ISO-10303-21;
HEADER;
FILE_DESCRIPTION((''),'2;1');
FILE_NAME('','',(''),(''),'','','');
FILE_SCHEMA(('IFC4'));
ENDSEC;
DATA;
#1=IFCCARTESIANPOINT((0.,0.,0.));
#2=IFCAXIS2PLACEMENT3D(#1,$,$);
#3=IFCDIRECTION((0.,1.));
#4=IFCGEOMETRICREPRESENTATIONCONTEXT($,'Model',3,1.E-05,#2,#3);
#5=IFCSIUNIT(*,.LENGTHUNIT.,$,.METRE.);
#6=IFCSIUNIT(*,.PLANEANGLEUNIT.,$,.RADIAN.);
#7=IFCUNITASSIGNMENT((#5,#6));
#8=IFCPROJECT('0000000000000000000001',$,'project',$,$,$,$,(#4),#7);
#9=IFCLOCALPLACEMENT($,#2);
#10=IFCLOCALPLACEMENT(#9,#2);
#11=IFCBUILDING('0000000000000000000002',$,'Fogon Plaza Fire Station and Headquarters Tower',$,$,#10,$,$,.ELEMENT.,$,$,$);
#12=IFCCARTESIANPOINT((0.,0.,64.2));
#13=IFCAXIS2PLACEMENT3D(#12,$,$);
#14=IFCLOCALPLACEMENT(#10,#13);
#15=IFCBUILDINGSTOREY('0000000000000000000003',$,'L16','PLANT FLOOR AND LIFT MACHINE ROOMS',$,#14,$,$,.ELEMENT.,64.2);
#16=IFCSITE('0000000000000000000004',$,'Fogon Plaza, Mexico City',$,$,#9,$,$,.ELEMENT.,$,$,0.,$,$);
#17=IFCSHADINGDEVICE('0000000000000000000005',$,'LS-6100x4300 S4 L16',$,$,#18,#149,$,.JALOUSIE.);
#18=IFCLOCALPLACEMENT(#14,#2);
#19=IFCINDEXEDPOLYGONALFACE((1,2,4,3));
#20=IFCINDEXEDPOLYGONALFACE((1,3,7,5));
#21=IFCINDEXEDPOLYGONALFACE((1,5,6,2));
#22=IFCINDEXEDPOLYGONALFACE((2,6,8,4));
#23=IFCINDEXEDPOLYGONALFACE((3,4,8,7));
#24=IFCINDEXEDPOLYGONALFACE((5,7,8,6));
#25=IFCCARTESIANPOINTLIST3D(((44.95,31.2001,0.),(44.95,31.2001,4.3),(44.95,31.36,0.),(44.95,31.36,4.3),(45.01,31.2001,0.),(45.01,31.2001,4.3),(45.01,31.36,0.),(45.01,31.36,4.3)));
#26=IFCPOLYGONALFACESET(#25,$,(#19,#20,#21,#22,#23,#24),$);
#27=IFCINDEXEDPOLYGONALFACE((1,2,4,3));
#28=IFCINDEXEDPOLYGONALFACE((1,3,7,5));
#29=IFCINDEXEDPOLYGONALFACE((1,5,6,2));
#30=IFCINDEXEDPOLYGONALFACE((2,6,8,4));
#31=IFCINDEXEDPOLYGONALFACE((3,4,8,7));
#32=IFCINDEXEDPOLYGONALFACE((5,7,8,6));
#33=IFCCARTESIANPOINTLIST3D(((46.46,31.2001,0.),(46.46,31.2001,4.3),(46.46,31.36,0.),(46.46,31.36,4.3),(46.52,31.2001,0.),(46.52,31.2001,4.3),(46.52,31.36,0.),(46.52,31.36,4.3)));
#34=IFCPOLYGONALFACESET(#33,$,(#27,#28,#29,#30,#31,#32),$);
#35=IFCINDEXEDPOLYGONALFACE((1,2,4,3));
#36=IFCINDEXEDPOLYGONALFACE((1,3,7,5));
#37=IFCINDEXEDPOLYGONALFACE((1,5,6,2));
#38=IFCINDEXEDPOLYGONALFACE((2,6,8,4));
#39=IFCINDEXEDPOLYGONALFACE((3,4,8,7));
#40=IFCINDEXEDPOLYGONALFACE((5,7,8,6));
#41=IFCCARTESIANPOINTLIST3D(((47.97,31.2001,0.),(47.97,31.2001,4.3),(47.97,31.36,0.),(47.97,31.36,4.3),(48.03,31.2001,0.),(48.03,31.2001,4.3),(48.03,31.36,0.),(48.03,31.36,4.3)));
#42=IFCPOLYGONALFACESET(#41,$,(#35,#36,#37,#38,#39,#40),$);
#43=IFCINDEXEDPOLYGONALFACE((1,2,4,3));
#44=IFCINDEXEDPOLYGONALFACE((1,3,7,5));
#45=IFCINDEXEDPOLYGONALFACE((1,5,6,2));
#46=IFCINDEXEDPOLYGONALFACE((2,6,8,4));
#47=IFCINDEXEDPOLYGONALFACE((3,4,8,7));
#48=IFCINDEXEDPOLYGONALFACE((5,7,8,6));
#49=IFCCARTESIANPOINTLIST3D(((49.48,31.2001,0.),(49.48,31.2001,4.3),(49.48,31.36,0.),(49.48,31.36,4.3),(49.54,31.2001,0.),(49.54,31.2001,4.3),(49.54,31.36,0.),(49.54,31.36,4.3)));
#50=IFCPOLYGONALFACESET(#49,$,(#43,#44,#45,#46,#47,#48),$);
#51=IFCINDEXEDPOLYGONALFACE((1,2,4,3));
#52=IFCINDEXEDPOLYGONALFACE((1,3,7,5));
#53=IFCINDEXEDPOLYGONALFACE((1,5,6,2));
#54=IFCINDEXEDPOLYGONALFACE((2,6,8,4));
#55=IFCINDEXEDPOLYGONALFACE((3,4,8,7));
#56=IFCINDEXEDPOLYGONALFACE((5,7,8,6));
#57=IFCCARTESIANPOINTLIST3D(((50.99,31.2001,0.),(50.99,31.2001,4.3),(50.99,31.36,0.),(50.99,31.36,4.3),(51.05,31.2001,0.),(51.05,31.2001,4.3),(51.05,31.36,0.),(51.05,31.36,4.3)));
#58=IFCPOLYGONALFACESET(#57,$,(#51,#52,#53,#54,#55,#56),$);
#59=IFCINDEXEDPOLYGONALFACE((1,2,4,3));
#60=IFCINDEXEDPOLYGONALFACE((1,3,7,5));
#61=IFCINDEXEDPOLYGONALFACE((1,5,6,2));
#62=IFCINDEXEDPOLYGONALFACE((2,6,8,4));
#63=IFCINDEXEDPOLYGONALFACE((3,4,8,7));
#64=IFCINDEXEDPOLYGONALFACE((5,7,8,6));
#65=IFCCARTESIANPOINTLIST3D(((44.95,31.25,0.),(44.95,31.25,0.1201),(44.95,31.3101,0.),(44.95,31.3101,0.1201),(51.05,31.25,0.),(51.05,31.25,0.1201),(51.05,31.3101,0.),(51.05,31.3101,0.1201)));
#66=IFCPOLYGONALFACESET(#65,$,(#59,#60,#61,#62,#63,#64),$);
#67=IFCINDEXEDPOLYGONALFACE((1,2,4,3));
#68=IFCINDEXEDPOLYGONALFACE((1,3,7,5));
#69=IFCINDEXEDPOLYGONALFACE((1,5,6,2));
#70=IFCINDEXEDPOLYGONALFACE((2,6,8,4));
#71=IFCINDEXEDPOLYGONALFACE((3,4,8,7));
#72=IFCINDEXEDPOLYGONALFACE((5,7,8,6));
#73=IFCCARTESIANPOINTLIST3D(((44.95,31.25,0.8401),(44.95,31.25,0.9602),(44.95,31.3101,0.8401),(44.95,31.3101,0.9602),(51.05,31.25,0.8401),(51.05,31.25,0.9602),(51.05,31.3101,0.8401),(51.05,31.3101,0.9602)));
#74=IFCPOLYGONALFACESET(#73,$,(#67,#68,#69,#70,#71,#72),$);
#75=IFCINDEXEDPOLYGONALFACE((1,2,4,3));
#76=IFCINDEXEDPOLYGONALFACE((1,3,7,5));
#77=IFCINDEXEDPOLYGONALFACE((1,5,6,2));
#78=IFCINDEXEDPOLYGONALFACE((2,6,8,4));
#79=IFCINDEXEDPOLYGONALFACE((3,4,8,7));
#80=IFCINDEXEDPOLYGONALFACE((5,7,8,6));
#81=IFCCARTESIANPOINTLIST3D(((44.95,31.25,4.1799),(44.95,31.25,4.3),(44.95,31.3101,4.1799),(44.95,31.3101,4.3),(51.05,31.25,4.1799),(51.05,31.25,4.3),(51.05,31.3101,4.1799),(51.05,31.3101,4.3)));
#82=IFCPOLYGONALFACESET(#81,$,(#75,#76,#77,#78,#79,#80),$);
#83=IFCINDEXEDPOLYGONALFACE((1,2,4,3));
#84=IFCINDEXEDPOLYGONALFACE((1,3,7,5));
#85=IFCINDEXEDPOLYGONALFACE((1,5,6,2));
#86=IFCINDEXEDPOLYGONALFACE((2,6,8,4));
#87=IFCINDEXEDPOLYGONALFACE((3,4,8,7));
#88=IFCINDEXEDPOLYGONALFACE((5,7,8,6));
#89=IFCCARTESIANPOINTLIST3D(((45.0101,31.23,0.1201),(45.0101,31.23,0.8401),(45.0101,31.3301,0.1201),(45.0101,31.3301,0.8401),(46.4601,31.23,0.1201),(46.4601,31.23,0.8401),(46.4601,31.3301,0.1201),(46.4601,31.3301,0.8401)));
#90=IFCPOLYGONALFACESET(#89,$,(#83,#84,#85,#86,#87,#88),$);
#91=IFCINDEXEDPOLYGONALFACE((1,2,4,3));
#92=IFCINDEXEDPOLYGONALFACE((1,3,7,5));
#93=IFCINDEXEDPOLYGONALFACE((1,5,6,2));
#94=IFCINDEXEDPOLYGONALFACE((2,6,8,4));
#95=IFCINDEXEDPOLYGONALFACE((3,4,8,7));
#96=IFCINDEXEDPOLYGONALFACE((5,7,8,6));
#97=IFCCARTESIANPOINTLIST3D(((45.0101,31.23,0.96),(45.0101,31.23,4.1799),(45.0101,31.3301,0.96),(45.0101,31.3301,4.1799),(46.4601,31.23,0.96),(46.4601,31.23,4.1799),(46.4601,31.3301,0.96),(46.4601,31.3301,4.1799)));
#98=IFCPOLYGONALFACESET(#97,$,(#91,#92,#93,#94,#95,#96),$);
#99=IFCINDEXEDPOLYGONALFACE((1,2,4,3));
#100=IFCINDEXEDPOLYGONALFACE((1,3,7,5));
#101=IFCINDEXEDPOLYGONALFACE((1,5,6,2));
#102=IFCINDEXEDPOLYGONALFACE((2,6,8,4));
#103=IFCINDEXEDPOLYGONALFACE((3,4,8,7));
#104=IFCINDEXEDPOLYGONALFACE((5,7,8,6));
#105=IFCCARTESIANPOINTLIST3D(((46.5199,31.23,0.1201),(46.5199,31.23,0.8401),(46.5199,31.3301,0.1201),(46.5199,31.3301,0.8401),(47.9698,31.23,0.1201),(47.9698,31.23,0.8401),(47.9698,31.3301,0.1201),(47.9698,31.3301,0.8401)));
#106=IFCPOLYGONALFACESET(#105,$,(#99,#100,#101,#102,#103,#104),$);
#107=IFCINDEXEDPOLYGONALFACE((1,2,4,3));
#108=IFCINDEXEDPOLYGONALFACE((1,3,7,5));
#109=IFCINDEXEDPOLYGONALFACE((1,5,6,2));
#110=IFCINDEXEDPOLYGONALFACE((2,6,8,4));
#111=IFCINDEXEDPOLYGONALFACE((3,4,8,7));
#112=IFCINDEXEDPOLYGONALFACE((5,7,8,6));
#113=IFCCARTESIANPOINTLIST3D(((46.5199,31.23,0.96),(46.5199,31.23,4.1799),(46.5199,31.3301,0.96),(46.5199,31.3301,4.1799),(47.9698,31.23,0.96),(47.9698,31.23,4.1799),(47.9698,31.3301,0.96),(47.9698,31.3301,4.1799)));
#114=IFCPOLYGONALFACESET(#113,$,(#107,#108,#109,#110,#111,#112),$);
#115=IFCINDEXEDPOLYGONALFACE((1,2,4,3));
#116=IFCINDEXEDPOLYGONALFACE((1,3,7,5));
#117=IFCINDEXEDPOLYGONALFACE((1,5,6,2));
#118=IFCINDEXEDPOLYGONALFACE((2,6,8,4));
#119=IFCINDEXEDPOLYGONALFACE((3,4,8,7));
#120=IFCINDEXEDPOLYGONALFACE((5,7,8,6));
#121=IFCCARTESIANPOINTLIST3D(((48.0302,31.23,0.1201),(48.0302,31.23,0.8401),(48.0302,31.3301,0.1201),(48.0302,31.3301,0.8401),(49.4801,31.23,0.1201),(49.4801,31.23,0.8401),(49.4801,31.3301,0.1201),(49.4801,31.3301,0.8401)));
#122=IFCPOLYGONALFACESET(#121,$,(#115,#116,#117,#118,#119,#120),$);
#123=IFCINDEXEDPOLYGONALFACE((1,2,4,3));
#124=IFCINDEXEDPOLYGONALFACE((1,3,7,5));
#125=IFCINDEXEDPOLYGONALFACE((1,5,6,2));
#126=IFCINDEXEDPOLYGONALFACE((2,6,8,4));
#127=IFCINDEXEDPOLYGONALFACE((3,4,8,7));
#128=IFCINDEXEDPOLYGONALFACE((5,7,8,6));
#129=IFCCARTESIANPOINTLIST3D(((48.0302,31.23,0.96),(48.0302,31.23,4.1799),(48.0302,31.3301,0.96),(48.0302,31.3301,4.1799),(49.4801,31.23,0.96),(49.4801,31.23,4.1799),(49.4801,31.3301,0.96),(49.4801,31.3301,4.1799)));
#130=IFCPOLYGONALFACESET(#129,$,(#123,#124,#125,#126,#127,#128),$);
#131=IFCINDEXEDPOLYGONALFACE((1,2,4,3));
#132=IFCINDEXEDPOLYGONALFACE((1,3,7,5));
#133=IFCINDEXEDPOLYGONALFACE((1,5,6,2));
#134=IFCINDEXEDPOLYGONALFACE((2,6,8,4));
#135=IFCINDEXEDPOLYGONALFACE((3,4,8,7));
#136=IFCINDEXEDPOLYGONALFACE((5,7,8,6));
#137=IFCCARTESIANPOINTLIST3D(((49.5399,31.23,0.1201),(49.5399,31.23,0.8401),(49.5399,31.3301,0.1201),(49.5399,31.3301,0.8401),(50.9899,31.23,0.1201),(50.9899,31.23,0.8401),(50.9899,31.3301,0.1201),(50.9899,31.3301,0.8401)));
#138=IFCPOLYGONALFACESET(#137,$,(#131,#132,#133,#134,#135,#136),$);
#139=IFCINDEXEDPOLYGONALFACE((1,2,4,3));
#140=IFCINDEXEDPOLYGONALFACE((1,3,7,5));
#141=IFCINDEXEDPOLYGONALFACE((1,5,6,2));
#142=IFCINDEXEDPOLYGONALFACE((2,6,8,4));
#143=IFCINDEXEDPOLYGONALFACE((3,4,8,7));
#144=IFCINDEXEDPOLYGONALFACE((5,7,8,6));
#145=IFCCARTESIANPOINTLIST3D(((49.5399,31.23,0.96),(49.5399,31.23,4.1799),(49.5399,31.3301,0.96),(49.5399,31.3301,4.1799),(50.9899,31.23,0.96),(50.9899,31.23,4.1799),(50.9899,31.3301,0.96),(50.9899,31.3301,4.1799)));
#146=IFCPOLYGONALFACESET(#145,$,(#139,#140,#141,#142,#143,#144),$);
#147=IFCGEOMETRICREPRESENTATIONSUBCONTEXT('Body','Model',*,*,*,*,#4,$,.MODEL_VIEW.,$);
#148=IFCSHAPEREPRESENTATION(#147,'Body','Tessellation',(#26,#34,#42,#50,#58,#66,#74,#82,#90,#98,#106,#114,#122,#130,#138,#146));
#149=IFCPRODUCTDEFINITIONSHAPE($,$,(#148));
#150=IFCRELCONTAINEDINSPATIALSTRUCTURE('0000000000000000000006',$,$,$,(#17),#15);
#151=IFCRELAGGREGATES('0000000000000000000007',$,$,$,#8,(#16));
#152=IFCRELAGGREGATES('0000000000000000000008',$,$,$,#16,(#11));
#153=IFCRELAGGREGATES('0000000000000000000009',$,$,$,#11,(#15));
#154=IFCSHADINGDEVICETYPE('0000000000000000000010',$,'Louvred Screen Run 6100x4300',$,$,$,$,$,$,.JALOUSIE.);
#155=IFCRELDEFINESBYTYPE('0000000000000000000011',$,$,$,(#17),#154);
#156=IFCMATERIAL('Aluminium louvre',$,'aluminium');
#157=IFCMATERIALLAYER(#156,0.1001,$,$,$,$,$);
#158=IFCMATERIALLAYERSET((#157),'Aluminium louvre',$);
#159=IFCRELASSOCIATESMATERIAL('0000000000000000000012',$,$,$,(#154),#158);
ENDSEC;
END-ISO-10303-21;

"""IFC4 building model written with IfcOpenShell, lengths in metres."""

from ifc_helpers import new_model, si_unit, direction, frame, origin, origin_2d, place, context, subcontext, project, spatial, rectangle, extrude, material, layer, layer_set, type_object, element, save


model = new_model("IFC4")

# Units and contexts
model_context = context("Model", 3, precision=1e-05, world=origin(), true_north=direction((0.0, 1.0)))
body_context = subcontext(model_context, "Body", "Model", "MODEL_VIEW")
ifc_project = project(units=[si_unit("LENGTHUNIT", "METRE"), si_unit("PLANEANGLEUNIT", "RADIAN")], contexts=[model_context])

# Site, building, storey
site_placement = place(None, origin())
site = spatial("IfcSite", under=ifc_project, at=site_placement, Name="Fogon Plaza, Mexico City", CompositionType="ELEMENT", RefElevation=0.0)
building_placement = place(site_placement, origin())
building = spatial("IfcBuilding", under=site, at=building_placement, Name="Fogon Plaza Fire Station and Headquarters Tower", CompositionType="ELEMENT")
storey_placement = place(building_placement, frame((0.0, 0.0, 64.2)))
storey = spatial("IfcBuildingStorey", under=building, at=storey_placement, Name="L16", Description="PLANT FLOOR AND LIFT MACHINE ROOMS", CompositionType="ELEMENT", Elevation=64.2)

# Shading device
ifc_material_1 = material(Name="Aluminium louvre", Category="aluminium")
ifc_layer_1 = layer(ifc_material_1, 0.1001)
ifc_layer_set_1 = layer_set([ifc_layer_1], Name="Aluminium louvre")
shading_device_type = type_object("IfcShadingDeviceType", Name="Louvred Screen Run 6100x4300", PredefinedType="JALOUSIE", material=ifc_layer_set_1)
shading_device_1_placement = place(storey_placement, frame((44.95, 31.28, 0.0), z_axis=(0.0, 0.0, 1.0), x_axis=(1.0, 0.0, 0.0)))
element("IfcShadingDevice", 1, at=shading_device_1_placement, inside=storey, type_object=shading_device_type, Name="LS-6100x4300 S4 L16", PredefinedType="JALOUSIE", context=body_context, shape_type="SweptSolid", body=[
    extrude(rectangle(XDim=0.0601, YDim=0.1599, at=origin_2d()), frame((0.03, 0.0, 0.0), z_axis=(0.0, 0.0, 1.0), x_axis=(1.0, 0.0, 0.0)), (0.0, 0.0, 1.0), 4.3),
    extrude(rectangle(XDim=0.0601, YDim=0.1599, at=origin_2d()), frame((1.54, 0.0, 0.0), z_axis=(0.0, 0.0, 1.0), x_axis=(1.0, 0.0, 0.0)), (0.0, 0.0, 1.0), 4.3),
    extrude(rectangle(XDim=0.0601, YDim=0.1599, at=origin_2d()), frame((3.05, 0.0, 0.0), z_axis=(0.0, 0.0, 1.0), x_axis=(1.0, 0.0, 0.0)), (0.0, 0.0, 1.0), 4.3),
    extrude(rectangle(XDim=0.0601, YDim=0.1599, at=origin_2d()), frame((4.5601, 0.0, 0.0), z_axis=(0.0, 0.0, 1.0), x_axis=(1.0, 0.0, 0.0)), (0.0, 0.0, 1.0), 4.3),
    extrude(rectangle(XDim=0.0601, YDim=0.1599, at=origin_2d()), frame((6.0701, 0.0, 0.0), z_axis=(0.0, 0.0, 1.0), x_axis=(1.0, 0.0, 0.0)), (0.0, 0.0, 1.0), 4.3),
    extrude(rectangle(XDim=0.1201, YDim=0.0601, at=origin_2d()), frame((0.0, 0.0, 0.0601), z_axis=(1.0, 0.0, 0.0), x_axis=(0.0, 0.0, 1.0)), (0.0, 0.0, 1.0), 6.1001),
    extrude(rectangle(XDim=0.1201, YDim=0.0601, at=origin_2d()), frame((0.0, 0.0, 0.9001), z_axis=(1.0, 0.0, 0.0), x_axis=(0.0, 0.0, 1.0)), (0.0, 0.0, 1.0), 6.1001),
    extrude(rectangle(XDim=0.1201, YDim=0.0601, at=origin_2d()), frame((0.0, 0.0, 4.24), z_axis=(1.0, 0.0, 0.0), x_axis=(0.0, 0.0, 1.0)), (0.0, 0.0, 1.0), 6.1001),
    extrude(rectangle(XDim=1.45, YDim=0.1001, at=origin_2d()), frame((0.7852, 0.0, 0.1201), z_axis=(0.0, 0.0, 1.0), x_axis=(1.0, 0.0, 0.0)), (0.0, 0.0, 1.0), 0.72),
    extrude(rectangle(XDim=1.45, YDim=0.1001, at=origin_2d()), frame((0.7852, 0.0, 0.96), z_axis=(0.0, 0.0, 1.0), x_axis=(1.0, 0.0, 0.0)), (0.0, 0.0, 1.0), 3.22),
    extrude(rectangle(XDim=1.45, YDim=0.1001, at=origin_2d()), frame((2.2949, 0.0, 0.1201), z_axis=(0.0, 0.0, 1.0), x_axis=(1.0, 0.0, 0.0)), (0.0, 0.0, 1.0), 0.72),
    extrude(rectangle(XDim=1.45, YDim=0.1001, at=origin_2d()), frame((2.2949, 0.0, 0.96), z_axis=(0.0, 0.0, 1.0), x_axis=(1.0, 0.0, 0.0)), (0.0, 0.0, 1.0), 3.22),
    extrude(rectangle(XDim=1.45, YDim=0.1001, at=origin_2d()), frame((3.8052, 0.0, 0.1201), z_axis=(0.0, 0.0, 1.0), x_axis=(1.0, 0.0, 0.0)), (0.0, 0.0, 1.0), 0.72),
    extrude(rectangle(XDim=1.45, YDim=0.1001, at=origin_2d()), frame((3.8052, 0.0, 0.96), z_axis=(0.0, 0.0, 1.0), x_axis=(1.0, 0.0, 0.0)), (0.0, 0.0, 1.0), 3.22),
    extrude(rectangle(XDim=1.45, YDim=0.1001, at=origin_2d()), frame((5.3149, 0.0, 0.1201), z_axis=(0.0, 0.0, 1.0), x_axis=(1.0, 0.0, 0.0)), (0.0, 0.0, 1.0), 0.72),
    extrude(rectangle(XDim=1.45, YDim=0.1001, at=origin_2d()), frame((5.3149, 0.0, 0.96), z_axis=(0.0, 0.0, 1.0), x_axis=(1.0, 0.0, 0.0)), (0.0, 0.0, 1.0), 3.22),
])

save(model, "model.ifc")
